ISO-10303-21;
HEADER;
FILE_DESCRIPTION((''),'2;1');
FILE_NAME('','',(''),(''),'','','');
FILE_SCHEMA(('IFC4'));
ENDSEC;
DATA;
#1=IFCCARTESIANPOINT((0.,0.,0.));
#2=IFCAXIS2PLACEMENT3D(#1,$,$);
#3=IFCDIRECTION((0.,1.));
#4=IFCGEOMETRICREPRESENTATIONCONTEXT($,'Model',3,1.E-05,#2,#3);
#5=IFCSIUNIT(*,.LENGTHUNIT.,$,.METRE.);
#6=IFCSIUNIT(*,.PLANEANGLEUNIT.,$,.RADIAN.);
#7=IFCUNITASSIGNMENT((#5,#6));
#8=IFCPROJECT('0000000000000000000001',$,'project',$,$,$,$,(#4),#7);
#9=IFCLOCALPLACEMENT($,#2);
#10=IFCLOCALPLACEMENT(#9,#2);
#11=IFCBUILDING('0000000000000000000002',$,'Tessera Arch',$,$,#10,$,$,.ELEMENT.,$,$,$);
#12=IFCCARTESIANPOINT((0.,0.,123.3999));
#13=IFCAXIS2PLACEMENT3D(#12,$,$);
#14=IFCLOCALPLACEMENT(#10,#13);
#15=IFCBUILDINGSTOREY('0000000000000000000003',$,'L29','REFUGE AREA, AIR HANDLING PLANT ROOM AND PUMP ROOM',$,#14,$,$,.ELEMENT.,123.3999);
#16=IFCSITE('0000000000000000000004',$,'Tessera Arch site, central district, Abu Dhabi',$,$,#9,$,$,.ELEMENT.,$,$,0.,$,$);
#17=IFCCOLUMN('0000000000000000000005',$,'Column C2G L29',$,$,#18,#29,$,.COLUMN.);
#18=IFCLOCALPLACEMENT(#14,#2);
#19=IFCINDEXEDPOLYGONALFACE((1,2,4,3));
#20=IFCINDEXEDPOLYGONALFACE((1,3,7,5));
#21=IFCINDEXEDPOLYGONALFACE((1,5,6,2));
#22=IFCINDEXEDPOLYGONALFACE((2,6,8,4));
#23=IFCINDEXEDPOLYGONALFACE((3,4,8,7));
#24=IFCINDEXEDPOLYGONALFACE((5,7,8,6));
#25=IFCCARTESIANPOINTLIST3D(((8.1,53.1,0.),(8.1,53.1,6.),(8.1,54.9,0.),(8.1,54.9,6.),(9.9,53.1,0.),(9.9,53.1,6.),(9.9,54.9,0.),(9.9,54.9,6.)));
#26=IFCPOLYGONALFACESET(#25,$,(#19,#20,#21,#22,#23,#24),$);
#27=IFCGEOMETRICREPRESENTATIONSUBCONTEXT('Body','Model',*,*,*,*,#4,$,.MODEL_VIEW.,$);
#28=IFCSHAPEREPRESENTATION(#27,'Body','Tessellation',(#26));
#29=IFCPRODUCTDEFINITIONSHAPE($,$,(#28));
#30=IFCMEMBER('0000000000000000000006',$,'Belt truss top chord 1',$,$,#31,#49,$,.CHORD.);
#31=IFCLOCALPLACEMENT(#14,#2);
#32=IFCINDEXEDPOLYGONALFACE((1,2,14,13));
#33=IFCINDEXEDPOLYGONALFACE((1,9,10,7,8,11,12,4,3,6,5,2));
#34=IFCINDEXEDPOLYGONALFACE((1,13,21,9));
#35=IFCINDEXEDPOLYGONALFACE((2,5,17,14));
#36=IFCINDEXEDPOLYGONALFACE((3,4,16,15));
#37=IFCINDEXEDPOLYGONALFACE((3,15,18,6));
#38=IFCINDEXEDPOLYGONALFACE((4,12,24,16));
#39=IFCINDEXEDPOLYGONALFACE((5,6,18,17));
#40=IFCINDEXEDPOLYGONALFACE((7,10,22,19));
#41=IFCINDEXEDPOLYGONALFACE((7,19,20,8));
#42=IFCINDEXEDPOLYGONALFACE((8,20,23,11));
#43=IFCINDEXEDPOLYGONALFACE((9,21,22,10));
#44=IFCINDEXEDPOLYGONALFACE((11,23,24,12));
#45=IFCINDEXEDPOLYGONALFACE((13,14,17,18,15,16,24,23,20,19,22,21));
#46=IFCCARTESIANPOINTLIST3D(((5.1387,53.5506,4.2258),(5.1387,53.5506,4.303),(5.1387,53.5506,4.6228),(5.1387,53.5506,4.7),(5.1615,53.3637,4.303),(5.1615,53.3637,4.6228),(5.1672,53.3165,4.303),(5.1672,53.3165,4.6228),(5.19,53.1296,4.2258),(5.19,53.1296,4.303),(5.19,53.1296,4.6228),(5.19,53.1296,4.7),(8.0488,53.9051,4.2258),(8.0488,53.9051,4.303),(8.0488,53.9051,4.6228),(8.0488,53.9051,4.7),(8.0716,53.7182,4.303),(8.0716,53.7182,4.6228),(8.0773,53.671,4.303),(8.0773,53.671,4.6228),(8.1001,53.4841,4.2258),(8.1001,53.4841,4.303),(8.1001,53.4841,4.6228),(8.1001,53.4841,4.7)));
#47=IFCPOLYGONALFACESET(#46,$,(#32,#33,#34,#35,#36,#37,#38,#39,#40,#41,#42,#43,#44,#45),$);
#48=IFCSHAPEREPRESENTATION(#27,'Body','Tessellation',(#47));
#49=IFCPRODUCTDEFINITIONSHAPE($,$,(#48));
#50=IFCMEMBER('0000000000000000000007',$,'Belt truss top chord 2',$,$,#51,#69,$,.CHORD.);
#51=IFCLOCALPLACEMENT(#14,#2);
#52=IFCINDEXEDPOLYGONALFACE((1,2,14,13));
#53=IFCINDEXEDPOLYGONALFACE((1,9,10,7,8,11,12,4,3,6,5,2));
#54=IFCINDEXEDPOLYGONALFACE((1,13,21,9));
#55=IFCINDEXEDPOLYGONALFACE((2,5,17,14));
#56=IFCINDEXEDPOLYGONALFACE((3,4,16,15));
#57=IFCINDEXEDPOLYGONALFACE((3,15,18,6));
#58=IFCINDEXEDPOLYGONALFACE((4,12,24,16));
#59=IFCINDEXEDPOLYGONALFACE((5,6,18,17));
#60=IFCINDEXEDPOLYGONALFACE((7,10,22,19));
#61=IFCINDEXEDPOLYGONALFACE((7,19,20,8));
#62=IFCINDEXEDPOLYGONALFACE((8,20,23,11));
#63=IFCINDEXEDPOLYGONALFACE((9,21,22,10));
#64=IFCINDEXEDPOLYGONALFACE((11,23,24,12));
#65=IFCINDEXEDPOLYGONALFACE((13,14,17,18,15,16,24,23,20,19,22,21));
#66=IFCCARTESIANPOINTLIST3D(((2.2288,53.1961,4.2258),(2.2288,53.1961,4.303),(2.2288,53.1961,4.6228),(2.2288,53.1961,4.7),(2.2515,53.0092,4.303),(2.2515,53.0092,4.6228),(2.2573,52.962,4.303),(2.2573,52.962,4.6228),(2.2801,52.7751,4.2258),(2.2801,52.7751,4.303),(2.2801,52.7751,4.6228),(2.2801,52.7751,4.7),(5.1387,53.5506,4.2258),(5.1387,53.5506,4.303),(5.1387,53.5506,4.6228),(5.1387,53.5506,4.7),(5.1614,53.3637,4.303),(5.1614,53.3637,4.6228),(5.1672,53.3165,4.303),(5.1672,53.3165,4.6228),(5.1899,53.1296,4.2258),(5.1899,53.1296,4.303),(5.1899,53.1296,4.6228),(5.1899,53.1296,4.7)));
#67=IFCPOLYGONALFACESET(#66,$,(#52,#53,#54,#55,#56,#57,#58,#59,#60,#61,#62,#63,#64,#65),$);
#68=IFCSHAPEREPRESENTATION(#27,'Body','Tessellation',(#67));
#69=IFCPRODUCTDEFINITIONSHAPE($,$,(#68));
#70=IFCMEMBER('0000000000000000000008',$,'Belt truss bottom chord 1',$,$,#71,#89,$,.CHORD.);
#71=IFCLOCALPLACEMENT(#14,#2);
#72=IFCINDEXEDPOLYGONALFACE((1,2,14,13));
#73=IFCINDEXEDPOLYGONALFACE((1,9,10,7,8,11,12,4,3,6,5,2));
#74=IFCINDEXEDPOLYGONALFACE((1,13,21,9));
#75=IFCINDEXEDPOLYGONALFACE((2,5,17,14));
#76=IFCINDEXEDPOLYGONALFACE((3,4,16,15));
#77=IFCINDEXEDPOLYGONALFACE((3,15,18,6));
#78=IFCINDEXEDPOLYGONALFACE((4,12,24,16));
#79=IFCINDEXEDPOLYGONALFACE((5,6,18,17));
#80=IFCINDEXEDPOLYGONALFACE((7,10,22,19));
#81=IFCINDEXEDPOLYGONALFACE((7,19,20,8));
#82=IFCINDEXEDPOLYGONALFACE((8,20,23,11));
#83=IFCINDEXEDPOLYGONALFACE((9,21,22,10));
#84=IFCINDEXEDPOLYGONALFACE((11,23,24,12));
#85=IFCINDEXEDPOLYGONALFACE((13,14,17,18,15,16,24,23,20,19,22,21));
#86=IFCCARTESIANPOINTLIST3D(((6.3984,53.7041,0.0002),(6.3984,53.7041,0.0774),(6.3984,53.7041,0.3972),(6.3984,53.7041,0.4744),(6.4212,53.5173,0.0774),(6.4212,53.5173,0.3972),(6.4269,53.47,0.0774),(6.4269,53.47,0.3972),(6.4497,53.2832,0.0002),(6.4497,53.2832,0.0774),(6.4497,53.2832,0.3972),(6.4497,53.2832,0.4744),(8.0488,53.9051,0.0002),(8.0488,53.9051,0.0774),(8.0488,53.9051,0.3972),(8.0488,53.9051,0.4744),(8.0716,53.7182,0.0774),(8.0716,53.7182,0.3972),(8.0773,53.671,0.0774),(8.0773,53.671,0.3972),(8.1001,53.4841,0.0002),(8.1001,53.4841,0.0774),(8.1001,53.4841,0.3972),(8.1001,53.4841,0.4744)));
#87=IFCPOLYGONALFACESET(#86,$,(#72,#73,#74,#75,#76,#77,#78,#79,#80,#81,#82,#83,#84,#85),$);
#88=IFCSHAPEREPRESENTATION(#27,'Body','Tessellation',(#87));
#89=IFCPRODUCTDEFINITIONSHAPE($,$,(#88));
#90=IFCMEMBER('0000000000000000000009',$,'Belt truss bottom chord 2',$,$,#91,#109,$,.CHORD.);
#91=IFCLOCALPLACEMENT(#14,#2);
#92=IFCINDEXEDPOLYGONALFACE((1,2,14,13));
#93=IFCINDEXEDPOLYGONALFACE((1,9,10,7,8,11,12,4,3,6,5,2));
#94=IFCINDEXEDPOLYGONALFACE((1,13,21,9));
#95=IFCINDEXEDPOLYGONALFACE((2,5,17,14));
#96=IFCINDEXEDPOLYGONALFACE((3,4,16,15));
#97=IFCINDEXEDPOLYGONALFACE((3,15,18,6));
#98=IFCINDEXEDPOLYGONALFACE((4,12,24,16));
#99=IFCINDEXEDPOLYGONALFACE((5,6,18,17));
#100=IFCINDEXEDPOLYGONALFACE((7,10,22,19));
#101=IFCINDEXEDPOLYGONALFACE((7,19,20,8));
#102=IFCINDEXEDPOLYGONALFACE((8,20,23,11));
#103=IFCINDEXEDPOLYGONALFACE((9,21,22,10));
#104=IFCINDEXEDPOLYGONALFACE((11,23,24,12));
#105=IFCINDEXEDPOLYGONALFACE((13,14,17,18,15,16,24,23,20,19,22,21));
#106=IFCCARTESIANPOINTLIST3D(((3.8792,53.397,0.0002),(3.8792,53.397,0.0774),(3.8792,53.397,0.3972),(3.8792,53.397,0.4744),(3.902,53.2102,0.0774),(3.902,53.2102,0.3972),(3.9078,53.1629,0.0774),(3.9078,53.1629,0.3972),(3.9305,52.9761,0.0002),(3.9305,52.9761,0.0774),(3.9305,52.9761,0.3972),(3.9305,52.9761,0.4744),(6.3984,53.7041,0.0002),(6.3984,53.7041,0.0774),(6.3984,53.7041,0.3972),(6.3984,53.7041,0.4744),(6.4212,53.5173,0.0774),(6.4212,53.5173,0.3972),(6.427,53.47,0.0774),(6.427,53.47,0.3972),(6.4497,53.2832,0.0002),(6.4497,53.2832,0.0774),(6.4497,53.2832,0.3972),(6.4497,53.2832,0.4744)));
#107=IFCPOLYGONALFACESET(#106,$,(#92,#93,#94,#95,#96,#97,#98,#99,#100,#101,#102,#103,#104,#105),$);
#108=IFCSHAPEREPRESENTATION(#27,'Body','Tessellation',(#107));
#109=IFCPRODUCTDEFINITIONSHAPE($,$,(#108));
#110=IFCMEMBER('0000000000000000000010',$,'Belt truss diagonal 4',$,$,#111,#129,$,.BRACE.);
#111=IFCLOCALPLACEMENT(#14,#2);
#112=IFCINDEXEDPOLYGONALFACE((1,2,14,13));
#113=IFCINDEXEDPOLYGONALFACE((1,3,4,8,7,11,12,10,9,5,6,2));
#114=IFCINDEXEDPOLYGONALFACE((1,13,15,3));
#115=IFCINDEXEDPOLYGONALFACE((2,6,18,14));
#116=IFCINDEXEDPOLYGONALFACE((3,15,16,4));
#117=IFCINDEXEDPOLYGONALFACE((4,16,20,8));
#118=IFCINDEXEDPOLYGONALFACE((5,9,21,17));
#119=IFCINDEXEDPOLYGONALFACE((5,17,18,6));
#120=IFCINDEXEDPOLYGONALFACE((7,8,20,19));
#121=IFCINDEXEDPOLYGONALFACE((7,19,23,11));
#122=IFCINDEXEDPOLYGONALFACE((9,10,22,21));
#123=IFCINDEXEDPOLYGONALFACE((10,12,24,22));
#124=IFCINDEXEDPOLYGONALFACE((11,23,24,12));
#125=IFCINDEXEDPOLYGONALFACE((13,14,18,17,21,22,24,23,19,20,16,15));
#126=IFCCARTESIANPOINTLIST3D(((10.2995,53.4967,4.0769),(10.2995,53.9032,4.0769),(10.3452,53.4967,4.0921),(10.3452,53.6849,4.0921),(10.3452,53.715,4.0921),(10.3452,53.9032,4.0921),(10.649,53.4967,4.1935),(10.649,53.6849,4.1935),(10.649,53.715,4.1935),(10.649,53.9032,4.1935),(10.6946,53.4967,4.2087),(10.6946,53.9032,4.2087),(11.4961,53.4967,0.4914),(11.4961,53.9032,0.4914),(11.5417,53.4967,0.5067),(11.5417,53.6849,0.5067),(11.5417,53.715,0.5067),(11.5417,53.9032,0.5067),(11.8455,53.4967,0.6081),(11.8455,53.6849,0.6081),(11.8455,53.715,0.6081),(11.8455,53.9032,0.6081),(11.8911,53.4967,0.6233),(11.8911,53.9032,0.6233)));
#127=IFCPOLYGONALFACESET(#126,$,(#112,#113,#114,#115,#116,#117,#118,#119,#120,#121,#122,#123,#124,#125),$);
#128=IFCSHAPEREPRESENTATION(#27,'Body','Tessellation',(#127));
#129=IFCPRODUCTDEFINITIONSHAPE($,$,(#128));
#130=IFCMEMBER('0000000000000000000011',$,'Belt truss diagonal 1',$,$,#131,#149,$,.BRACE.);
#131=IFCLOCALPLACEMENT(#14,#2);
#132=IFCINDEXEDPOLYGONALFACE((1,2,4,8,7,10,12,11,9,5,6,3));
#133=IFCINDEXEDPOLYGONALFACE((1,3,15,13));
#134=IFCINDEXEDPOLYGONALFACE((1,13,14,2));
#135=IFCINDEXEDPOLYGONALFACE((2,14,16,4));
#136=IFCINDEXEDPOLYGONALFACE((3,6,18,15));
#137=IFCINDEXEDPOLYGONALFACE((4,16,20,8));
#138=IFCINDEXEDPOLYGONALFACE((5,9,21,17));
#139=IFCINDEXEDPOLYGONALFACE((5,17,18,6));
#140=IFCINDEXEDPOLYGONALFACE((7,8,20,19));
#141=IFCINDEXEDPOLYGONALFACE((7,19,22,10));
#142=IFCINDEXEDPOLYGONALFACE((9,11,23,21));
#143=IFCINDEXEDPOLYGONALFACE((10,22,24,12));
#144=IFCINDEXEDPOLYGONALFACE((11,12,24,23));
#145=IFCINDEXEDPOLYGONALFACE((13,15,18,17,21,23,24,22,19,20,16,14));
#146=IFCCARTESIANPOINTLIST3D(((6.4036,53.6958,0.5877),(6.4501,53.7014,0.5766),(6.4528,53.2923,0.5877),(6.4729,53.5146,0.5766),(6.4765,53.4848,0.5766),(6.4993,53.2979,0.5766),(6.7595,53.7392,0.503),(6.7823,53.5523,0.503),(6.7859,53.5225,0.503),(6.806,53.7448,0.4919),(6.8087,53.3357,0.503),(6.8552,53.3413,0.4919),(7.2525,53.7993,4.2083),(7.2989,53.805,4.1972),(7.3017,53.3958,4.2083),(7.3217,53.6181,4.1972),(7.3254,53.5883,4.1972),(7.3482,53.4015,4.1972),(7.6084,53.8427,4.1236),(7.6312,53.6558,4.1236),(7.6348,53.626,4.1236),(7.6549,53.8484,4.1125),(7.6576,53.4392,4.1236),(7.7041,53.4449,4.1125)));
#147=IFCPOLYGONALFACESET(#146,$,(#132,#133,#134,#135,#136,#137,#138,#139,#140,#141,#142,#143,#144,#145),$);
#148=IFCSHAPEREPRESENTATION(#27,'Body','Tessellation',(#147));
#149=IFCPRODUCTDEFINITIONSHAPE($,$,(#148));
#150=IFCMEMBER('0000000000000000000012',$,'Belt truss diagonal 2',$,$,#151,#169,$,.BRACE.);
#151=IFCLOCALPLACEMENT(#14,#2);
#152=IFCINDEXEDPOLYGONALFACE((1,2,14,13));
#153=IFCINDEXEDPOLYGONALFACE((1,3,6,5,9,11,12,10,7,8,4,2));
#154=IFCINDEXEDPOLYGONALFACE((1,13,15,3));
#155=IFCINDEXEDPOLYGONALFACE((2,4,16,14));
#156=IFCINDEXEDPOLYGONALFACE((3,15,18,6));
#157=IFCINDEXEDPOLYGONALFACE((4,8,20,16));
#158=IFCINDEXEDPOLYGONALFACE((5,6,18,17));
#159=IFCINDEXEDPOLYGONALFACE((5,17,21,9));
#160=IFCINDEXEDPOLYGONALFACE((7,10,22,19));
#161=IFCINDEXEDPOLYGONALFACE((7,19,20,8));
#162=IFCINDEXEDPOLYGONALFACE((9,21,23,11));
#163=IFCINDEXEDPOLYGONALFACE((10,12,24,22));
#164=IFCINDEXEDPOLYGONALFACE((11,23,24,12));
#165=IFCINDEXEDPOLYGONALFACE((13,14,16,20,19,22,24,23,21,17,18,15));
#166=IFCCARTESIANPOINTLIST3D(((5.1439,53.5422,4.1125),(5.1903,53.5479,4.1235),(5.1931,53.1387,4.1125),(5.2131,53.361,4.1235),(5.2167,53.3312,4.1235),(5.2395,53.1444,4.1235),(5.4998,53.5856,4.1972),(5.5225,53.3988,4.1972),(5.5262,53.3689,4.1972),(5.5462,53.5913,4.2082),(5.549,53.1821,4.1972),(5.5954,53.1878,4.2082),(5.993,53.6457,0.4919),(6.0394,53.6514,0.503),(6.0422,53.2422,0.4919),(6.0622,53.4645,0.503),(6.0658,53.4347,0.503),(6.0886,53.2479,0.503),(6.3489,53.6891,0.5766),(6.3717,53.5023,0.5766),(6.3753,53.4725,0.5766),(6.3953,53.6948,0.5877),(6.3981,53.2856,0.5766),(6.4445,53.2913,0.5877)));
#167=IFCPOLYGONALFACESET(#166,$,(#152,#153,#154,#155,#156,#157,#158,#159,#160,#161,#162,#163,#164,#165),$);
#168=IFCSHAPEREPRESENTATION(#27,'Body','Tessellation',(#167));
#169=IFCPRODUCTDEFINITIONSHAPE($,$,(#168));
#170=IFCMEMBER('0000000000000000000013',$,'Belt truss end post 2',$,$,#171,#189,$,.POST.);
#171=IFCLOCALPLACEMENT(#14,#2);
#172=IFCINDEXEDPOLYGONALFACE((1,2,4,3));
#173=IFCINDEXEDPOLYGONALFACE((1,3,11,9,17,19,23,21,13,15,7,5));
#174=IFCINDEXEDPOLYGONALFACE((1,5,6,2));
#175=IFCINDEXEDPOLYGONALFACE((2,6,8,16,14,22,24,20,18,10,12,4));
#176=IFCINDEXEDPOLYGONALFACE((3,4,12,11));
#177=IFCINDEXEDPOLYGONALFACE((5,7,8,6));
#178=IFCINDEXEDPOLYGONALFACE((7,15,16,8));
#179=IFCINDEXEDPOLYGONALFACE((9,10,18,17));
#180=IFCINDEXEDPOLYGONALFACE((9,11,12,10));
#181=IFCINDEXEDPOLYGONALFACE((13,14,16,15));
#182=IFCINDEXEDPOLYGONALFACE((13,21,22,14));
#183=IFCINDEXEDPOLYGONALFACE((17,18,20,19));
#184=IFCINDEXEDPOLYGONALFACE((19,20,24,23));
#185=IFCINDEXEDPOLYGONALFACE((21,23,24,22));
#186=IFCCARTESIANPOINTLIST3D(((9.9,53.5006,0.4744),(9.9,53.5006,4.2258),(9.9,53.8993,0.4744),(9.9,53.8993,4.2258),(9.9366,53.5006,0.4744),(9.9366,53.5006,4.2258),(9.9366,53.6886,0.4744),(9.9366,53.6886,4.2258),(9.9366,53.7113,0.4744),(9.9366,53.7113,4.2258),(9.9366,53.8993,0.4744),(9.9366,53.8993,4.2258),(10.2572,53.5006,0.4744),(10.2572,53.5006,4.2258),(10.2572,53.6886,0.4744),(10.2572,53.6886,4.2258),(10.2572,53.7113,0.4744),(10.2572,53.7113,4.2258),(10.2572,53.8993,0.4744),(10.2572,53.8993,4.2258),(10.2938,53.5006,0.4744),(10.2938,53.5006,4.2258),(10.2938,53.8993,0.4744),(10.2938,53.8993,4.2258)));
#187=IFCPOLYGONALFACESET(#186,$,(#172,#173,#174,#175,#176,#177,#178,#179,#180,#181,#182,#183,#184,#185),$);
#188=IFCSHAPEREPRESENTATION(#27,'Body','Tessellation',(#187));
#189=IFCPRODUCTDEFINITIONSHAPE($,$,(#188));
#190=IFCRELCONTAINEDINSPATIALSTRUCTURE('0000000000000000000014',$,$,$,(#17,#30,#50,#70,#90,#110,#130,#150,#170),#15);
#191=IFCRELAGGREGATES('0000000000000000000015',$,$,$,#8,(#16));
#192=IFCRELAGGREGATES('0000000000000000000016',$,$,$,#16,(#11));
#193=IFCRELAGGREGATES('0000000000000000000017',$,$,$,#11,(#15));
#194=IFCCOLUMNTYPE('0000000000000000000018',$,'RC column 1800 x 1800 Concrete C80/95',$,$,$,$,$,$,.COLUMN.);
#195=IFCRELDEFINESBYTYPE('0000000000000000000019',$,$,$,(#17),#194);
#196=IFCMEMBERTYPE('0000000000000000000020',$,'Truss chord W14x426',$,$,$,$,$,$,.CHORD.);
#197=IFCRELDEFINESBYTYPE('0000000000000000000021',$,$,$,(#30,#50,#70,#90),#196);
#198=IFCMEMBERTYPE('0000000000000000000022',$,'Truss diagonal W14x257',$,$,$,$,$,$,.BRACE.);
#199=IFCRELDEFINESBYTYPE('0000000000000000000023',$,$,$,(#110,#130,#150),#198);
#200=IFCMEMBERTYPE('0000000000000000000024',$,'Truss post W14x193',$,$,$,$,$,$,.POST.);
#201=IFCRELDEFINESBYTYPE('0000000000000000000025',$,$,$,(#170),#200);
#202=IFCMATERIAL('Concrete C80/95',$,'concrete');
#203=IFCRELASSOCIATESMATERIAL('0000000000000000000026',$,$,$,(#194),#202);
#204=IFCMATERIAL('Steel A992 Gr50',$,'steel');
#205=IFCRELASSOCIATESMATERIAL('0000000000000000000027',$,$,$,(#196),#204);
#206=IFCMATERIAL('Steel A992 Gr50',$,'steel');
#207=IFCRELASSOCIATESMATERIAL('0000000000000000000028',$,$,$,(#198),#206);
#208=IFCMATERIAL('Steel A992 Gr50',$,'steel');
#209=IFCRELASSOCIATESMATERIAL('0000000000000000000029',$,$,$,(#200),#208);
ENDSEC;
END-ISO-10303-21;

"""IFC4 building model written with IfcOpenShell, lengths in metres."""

from ifc_helpers import new_model, si_unit, direction, frame, origin, origin_2d, place, context, subcontext, project, spatial, rectangle, i_section, extrude, material, material_profile, profile_set, type_object, element, save


model = new_model("IFC4")

# Units and contexts
model_context = context("Model", 3, precision=1e-05, world=origin(), true_north=direction((0.0, 1.0)))
body_context = subcontext(model_context, "Body", "Model", "MODEL_VIEW")
ifc_project = project(units=[si_unit("LENGTHUNIT", "METRE"), si_unit("PLANEANGLEUNIT", "RADIAN")], contexts=[model_context])

# Site, building, storey
site_placement = place(None, origin())
site = spatial("IfcSite", under=ifc_project, at=site_placement, Name="Tessera Arch site, central district, Abu Dhabi", CompositionType="ELEMENT", RefElevation=0.0)
building_placement = place(site_placement, origin())
building = spatial("IfcBuilding", under=site, at=building_placement, Name="Tessera Arch", CompositionType="ELEMENT")
storey_placement = place(building_placement, frame((0.0, 0.0, 123.3999)))
storey = spatial("IfcBuildingStorey", under=building, at=storey_placement, Name="L29", Description="REFUGE AREA, AIR HANDLING PLANT ROOM AND PUMP ROOM", CompositionType="ELEMENT", Elevation=123.3999)

# Column
ifc_material_1 = material(Name="Concrete C80/95", Category="concrete")
ifc_material_profile_1 = material_profile(ifc_material_1, rectangle(XDim=1.8, YDim=1.8, at=origin_2d()), Name="RC column 1800 x 1800 Concrete C80/95")
ifc_profile_set_1 = profile_set([ifc_material_profile_1], Name="Concrete C80/95")
column_type = type_object("IfcColumnType", Name="RC column 1800 x 1800 Concrete C80/95", PredefinedType="COLUMN", material=ifc_profile_set_1)
column_placement = place(storey_placement, frame((9.0, 54.0, 0.0), z_axis=(0.0, 0.0, 1.0), x_axis=(1.0, 0.0, 0.0)))
element("IfcColumn", 1, at=column_placement, inside=storey, type_object=column_type, Name="Column C2G L29", PredefinedType="COLUMN", context=body_context, shape_type="SweptSolid", body=[
    extrude(rectangle(XDim=1.8, YDim=1.8, at=origin_2d()), origin(), (0.0, 0.0, 1.0), 6.0),
])

# Members
ifc_material_2 = material(Name="Steel A992 Gr50", Category="steel")
ifc_material_profile_2 = material_profile(ifc_material_2, i_section(OverallWidth=0.4241, OverallDepth=0.4741, WebThickness=0.0476, FlangeThickness=0.0771, at=origin_2d()), Name="W14x426")
ifc_profile_set_2 = profile_set([ifc_material_profile_2], Name="Steel A992 Gr50")
member_type_1 = type_object("IfcMemberType", Name="Truss chord W14x426", PredefinedType="CHORD", material=ifc_profile_set_2)
member_1_placement = place(storey_placement, frame((8.0745, 53.6946, 4.4629), z_axis=(-0.992662, -0.120918, 0.0), x_axis=(0.120918, -0.992662, 0.0)))
element("IfcMember", 2, at=member_1_placement, inside=storey, type_object=member_type_1, Name="Belt truss top chord 1", PredefinedType="CHORD", context=body_context, shape_type="SweptSolid", body=[
    extrude(i_section(OverallWidth=0.4241, OverallDepth=0.4741, WebThickness=0.0476, FlangeThickness=0.0771, at=origin_2d()), origin(), (0.0, 0.0, 1.0), 2.9316),
])
member_2_placement = place(storey_placement, frame((5.1643, 53.3401, 4.4629), z_axis=(-0.992661, -0.120928, 0.0), x_axis=(0.120928, -0.992661, 0.0)))
element("IfcMember", 3, at=member_2_placement, inside=storey, type_object=member_type_1, Name="Belt truss top chord 2", PredefinedType="CHORD", context=body_context, shape_type="SweptSolid", body=[
    extrude(i_section(OverallWidth=0.4241, OverallDepth=0.4741, WebThickness=0.0476, FlangeThickness=0.0771, at=origin_2d()), origin(), (0.0, 0.0, 1.0), 2.9314),
])
member_3_placement = place(storey_placement, frame((8.0745, 53.6946, 0.2373), z_axis=(-0.99267, -0.120853, 0.0), x_axis=(0.120853, -0.99267, 0.0)))
element("IfcMember", 4, at=member_3_placement, inside=storey, type_object=member_type_1, Name="Belt truss bottom chord 1", PredefinedType="CHORD", context=body_context, shape_type="SweptSolid", body=[
    extrude(i_section(OverallWidth=0.4241, OverallDepth=0.4741, WebThickness=0.0476, FlangeThickness=0.0771, at=origin_2d()), origin(), (0.0, 0.0, 1.0), 1.6626),
])
member_4_placement = place(storey_placement, frame((6.4241, 53.4937, 0.2373), z_axis=(-0.992651, -0.121015, 0.0), x_axis=(0.121015, -0.992651, 0.0)))
element("IfcMember", 5, at=member_4_placement, inside=storey, type_object=member_type_1, Name="Belt truss bottom chord 2", PredefinedType="CHORD", context=body_context, shape_type="SweptSolid", body=[
    extrude(i_section(OverallWidth=0.4241, OverallDepth=0.4741, WebThickness=0.0476, FlangeThickness=0.0771, at=origin_2d()), origin(), (0.0, 0.0, 1.0), 2.5378),
])
ifc_material_3 = material(Name="Steel A992 Gr50", Category="steel")
ifc_material_profile_3 = material_profile(ifc_material_3, i_section(OverallWidth=0.4065, OverallDepth=0.4165, WebThickness=0.03, FlangeThickness=0.0481, at=origin_2d()), Name="W14x257")
ifc_profile_set_3 = profile_set([ifc_material_profile_3], Name="Steel A992 Gr50")
member_type_2 = type_object("IfcMemberType", Name="Truss diagonal W14x257", PredefinedType="BRACE", material=ifc_profile_set_3)
member_5_placement = place(storey_placement, frame((11.6936, 53.7, 0.5574), z_axis=(-0.316557, 0.0, 0.948573), x_axis=(0.0, -1.0, 0.0)))
element("IfcMember", 6, at=member_5_placement, inside=storey, type_object=member_type_2, Name="Belt truss diagonal 4", PredefinedType="BRACE", context=body_context, shape_type="SweptSolid", body=[
    extrude(i_section(OverallWidth=0.4065, OverallDepth=0.4165, WebThickness=0.03, FlangeThickness=0.0481, at=origin_2d()), origin(), (0.0, 0.0, 1.0), 3.7798),
])
for number, where, z_axis, x_axis, name in (
    (7, (7.4783, 53.6221, 4.1604), (-0.228179, -0.027825, -0.973222), (0.121048, -0.992647, 0.0), "Belt truss diagonal 1"),
    (8, (6.2188, 53.4685, 0.5398), (-0.228241, -0.027825, 0.973207), (0.121013, -0.992651, 0.0), "Belt truss diagonal 2"),
):
    element("IfcMember", number, at=place(storey_placement, frame(where, z_axis=z_axis, x_axis=x_axis)), inside=storey, type_object=member_type_2, Name=name, PredefinedType="BRACE", context=body_context, shape_type="SweptSolid", body=[
        extrude(i_section(OverallWidth=0.4065, OverallDepth=0.4165, WebThickness=0.03, FlangeThickness=0.0481, at=origin_2d()), origin(), (0.0, 0.0, 1.0), 3.7202),
    ])
ifc_material_4 = material(Name="Steel A992 Gr50", Category="steel")
ifc_material_profile_4 = material_profile(ifc_material_4, i_section(OverallWidth=0.3987, OverallDepth=0.3938, WebThickness=0.0227, FlangeThickness=0.0366, at=origin_2d()), Name="W14x193")
ifc_profile_set_4 = profile_set([ifc_material_profile_4], Name="Steel A992 Gr50")
member_type_3 = type_object("IfcMemberType", Name="Truss post W14x193", PredefinedType="POST", material=ifc_profile_set_4)
for number, where, z_axis, x_axis, name in (
    (9, (10.0969, 53.7, 0.4744), (0.0, 0.0, 1.0), (0.0, 1.0, 0.0), "Belt truss end post 2"),
):
    element("IfcMember", number, at=place(storey_placement, frame(where, z_axis=z_axis, x_axis=x_axis)), inside=storey, type_object=member_type_3, Name=name, PredefinedType="POST", context=body_context, shape_type="SweptSolid", body=[
        extrude(i_section(OverallWidth=0.3987, OverallDepth=0.3938, WebThickness=0.0227, FlangeThickness=0.0366, at=origin_2d()), origin(), (0.0, 0.0, 1.0), 3.7515),
    ])

save(model, "model.ifc")
